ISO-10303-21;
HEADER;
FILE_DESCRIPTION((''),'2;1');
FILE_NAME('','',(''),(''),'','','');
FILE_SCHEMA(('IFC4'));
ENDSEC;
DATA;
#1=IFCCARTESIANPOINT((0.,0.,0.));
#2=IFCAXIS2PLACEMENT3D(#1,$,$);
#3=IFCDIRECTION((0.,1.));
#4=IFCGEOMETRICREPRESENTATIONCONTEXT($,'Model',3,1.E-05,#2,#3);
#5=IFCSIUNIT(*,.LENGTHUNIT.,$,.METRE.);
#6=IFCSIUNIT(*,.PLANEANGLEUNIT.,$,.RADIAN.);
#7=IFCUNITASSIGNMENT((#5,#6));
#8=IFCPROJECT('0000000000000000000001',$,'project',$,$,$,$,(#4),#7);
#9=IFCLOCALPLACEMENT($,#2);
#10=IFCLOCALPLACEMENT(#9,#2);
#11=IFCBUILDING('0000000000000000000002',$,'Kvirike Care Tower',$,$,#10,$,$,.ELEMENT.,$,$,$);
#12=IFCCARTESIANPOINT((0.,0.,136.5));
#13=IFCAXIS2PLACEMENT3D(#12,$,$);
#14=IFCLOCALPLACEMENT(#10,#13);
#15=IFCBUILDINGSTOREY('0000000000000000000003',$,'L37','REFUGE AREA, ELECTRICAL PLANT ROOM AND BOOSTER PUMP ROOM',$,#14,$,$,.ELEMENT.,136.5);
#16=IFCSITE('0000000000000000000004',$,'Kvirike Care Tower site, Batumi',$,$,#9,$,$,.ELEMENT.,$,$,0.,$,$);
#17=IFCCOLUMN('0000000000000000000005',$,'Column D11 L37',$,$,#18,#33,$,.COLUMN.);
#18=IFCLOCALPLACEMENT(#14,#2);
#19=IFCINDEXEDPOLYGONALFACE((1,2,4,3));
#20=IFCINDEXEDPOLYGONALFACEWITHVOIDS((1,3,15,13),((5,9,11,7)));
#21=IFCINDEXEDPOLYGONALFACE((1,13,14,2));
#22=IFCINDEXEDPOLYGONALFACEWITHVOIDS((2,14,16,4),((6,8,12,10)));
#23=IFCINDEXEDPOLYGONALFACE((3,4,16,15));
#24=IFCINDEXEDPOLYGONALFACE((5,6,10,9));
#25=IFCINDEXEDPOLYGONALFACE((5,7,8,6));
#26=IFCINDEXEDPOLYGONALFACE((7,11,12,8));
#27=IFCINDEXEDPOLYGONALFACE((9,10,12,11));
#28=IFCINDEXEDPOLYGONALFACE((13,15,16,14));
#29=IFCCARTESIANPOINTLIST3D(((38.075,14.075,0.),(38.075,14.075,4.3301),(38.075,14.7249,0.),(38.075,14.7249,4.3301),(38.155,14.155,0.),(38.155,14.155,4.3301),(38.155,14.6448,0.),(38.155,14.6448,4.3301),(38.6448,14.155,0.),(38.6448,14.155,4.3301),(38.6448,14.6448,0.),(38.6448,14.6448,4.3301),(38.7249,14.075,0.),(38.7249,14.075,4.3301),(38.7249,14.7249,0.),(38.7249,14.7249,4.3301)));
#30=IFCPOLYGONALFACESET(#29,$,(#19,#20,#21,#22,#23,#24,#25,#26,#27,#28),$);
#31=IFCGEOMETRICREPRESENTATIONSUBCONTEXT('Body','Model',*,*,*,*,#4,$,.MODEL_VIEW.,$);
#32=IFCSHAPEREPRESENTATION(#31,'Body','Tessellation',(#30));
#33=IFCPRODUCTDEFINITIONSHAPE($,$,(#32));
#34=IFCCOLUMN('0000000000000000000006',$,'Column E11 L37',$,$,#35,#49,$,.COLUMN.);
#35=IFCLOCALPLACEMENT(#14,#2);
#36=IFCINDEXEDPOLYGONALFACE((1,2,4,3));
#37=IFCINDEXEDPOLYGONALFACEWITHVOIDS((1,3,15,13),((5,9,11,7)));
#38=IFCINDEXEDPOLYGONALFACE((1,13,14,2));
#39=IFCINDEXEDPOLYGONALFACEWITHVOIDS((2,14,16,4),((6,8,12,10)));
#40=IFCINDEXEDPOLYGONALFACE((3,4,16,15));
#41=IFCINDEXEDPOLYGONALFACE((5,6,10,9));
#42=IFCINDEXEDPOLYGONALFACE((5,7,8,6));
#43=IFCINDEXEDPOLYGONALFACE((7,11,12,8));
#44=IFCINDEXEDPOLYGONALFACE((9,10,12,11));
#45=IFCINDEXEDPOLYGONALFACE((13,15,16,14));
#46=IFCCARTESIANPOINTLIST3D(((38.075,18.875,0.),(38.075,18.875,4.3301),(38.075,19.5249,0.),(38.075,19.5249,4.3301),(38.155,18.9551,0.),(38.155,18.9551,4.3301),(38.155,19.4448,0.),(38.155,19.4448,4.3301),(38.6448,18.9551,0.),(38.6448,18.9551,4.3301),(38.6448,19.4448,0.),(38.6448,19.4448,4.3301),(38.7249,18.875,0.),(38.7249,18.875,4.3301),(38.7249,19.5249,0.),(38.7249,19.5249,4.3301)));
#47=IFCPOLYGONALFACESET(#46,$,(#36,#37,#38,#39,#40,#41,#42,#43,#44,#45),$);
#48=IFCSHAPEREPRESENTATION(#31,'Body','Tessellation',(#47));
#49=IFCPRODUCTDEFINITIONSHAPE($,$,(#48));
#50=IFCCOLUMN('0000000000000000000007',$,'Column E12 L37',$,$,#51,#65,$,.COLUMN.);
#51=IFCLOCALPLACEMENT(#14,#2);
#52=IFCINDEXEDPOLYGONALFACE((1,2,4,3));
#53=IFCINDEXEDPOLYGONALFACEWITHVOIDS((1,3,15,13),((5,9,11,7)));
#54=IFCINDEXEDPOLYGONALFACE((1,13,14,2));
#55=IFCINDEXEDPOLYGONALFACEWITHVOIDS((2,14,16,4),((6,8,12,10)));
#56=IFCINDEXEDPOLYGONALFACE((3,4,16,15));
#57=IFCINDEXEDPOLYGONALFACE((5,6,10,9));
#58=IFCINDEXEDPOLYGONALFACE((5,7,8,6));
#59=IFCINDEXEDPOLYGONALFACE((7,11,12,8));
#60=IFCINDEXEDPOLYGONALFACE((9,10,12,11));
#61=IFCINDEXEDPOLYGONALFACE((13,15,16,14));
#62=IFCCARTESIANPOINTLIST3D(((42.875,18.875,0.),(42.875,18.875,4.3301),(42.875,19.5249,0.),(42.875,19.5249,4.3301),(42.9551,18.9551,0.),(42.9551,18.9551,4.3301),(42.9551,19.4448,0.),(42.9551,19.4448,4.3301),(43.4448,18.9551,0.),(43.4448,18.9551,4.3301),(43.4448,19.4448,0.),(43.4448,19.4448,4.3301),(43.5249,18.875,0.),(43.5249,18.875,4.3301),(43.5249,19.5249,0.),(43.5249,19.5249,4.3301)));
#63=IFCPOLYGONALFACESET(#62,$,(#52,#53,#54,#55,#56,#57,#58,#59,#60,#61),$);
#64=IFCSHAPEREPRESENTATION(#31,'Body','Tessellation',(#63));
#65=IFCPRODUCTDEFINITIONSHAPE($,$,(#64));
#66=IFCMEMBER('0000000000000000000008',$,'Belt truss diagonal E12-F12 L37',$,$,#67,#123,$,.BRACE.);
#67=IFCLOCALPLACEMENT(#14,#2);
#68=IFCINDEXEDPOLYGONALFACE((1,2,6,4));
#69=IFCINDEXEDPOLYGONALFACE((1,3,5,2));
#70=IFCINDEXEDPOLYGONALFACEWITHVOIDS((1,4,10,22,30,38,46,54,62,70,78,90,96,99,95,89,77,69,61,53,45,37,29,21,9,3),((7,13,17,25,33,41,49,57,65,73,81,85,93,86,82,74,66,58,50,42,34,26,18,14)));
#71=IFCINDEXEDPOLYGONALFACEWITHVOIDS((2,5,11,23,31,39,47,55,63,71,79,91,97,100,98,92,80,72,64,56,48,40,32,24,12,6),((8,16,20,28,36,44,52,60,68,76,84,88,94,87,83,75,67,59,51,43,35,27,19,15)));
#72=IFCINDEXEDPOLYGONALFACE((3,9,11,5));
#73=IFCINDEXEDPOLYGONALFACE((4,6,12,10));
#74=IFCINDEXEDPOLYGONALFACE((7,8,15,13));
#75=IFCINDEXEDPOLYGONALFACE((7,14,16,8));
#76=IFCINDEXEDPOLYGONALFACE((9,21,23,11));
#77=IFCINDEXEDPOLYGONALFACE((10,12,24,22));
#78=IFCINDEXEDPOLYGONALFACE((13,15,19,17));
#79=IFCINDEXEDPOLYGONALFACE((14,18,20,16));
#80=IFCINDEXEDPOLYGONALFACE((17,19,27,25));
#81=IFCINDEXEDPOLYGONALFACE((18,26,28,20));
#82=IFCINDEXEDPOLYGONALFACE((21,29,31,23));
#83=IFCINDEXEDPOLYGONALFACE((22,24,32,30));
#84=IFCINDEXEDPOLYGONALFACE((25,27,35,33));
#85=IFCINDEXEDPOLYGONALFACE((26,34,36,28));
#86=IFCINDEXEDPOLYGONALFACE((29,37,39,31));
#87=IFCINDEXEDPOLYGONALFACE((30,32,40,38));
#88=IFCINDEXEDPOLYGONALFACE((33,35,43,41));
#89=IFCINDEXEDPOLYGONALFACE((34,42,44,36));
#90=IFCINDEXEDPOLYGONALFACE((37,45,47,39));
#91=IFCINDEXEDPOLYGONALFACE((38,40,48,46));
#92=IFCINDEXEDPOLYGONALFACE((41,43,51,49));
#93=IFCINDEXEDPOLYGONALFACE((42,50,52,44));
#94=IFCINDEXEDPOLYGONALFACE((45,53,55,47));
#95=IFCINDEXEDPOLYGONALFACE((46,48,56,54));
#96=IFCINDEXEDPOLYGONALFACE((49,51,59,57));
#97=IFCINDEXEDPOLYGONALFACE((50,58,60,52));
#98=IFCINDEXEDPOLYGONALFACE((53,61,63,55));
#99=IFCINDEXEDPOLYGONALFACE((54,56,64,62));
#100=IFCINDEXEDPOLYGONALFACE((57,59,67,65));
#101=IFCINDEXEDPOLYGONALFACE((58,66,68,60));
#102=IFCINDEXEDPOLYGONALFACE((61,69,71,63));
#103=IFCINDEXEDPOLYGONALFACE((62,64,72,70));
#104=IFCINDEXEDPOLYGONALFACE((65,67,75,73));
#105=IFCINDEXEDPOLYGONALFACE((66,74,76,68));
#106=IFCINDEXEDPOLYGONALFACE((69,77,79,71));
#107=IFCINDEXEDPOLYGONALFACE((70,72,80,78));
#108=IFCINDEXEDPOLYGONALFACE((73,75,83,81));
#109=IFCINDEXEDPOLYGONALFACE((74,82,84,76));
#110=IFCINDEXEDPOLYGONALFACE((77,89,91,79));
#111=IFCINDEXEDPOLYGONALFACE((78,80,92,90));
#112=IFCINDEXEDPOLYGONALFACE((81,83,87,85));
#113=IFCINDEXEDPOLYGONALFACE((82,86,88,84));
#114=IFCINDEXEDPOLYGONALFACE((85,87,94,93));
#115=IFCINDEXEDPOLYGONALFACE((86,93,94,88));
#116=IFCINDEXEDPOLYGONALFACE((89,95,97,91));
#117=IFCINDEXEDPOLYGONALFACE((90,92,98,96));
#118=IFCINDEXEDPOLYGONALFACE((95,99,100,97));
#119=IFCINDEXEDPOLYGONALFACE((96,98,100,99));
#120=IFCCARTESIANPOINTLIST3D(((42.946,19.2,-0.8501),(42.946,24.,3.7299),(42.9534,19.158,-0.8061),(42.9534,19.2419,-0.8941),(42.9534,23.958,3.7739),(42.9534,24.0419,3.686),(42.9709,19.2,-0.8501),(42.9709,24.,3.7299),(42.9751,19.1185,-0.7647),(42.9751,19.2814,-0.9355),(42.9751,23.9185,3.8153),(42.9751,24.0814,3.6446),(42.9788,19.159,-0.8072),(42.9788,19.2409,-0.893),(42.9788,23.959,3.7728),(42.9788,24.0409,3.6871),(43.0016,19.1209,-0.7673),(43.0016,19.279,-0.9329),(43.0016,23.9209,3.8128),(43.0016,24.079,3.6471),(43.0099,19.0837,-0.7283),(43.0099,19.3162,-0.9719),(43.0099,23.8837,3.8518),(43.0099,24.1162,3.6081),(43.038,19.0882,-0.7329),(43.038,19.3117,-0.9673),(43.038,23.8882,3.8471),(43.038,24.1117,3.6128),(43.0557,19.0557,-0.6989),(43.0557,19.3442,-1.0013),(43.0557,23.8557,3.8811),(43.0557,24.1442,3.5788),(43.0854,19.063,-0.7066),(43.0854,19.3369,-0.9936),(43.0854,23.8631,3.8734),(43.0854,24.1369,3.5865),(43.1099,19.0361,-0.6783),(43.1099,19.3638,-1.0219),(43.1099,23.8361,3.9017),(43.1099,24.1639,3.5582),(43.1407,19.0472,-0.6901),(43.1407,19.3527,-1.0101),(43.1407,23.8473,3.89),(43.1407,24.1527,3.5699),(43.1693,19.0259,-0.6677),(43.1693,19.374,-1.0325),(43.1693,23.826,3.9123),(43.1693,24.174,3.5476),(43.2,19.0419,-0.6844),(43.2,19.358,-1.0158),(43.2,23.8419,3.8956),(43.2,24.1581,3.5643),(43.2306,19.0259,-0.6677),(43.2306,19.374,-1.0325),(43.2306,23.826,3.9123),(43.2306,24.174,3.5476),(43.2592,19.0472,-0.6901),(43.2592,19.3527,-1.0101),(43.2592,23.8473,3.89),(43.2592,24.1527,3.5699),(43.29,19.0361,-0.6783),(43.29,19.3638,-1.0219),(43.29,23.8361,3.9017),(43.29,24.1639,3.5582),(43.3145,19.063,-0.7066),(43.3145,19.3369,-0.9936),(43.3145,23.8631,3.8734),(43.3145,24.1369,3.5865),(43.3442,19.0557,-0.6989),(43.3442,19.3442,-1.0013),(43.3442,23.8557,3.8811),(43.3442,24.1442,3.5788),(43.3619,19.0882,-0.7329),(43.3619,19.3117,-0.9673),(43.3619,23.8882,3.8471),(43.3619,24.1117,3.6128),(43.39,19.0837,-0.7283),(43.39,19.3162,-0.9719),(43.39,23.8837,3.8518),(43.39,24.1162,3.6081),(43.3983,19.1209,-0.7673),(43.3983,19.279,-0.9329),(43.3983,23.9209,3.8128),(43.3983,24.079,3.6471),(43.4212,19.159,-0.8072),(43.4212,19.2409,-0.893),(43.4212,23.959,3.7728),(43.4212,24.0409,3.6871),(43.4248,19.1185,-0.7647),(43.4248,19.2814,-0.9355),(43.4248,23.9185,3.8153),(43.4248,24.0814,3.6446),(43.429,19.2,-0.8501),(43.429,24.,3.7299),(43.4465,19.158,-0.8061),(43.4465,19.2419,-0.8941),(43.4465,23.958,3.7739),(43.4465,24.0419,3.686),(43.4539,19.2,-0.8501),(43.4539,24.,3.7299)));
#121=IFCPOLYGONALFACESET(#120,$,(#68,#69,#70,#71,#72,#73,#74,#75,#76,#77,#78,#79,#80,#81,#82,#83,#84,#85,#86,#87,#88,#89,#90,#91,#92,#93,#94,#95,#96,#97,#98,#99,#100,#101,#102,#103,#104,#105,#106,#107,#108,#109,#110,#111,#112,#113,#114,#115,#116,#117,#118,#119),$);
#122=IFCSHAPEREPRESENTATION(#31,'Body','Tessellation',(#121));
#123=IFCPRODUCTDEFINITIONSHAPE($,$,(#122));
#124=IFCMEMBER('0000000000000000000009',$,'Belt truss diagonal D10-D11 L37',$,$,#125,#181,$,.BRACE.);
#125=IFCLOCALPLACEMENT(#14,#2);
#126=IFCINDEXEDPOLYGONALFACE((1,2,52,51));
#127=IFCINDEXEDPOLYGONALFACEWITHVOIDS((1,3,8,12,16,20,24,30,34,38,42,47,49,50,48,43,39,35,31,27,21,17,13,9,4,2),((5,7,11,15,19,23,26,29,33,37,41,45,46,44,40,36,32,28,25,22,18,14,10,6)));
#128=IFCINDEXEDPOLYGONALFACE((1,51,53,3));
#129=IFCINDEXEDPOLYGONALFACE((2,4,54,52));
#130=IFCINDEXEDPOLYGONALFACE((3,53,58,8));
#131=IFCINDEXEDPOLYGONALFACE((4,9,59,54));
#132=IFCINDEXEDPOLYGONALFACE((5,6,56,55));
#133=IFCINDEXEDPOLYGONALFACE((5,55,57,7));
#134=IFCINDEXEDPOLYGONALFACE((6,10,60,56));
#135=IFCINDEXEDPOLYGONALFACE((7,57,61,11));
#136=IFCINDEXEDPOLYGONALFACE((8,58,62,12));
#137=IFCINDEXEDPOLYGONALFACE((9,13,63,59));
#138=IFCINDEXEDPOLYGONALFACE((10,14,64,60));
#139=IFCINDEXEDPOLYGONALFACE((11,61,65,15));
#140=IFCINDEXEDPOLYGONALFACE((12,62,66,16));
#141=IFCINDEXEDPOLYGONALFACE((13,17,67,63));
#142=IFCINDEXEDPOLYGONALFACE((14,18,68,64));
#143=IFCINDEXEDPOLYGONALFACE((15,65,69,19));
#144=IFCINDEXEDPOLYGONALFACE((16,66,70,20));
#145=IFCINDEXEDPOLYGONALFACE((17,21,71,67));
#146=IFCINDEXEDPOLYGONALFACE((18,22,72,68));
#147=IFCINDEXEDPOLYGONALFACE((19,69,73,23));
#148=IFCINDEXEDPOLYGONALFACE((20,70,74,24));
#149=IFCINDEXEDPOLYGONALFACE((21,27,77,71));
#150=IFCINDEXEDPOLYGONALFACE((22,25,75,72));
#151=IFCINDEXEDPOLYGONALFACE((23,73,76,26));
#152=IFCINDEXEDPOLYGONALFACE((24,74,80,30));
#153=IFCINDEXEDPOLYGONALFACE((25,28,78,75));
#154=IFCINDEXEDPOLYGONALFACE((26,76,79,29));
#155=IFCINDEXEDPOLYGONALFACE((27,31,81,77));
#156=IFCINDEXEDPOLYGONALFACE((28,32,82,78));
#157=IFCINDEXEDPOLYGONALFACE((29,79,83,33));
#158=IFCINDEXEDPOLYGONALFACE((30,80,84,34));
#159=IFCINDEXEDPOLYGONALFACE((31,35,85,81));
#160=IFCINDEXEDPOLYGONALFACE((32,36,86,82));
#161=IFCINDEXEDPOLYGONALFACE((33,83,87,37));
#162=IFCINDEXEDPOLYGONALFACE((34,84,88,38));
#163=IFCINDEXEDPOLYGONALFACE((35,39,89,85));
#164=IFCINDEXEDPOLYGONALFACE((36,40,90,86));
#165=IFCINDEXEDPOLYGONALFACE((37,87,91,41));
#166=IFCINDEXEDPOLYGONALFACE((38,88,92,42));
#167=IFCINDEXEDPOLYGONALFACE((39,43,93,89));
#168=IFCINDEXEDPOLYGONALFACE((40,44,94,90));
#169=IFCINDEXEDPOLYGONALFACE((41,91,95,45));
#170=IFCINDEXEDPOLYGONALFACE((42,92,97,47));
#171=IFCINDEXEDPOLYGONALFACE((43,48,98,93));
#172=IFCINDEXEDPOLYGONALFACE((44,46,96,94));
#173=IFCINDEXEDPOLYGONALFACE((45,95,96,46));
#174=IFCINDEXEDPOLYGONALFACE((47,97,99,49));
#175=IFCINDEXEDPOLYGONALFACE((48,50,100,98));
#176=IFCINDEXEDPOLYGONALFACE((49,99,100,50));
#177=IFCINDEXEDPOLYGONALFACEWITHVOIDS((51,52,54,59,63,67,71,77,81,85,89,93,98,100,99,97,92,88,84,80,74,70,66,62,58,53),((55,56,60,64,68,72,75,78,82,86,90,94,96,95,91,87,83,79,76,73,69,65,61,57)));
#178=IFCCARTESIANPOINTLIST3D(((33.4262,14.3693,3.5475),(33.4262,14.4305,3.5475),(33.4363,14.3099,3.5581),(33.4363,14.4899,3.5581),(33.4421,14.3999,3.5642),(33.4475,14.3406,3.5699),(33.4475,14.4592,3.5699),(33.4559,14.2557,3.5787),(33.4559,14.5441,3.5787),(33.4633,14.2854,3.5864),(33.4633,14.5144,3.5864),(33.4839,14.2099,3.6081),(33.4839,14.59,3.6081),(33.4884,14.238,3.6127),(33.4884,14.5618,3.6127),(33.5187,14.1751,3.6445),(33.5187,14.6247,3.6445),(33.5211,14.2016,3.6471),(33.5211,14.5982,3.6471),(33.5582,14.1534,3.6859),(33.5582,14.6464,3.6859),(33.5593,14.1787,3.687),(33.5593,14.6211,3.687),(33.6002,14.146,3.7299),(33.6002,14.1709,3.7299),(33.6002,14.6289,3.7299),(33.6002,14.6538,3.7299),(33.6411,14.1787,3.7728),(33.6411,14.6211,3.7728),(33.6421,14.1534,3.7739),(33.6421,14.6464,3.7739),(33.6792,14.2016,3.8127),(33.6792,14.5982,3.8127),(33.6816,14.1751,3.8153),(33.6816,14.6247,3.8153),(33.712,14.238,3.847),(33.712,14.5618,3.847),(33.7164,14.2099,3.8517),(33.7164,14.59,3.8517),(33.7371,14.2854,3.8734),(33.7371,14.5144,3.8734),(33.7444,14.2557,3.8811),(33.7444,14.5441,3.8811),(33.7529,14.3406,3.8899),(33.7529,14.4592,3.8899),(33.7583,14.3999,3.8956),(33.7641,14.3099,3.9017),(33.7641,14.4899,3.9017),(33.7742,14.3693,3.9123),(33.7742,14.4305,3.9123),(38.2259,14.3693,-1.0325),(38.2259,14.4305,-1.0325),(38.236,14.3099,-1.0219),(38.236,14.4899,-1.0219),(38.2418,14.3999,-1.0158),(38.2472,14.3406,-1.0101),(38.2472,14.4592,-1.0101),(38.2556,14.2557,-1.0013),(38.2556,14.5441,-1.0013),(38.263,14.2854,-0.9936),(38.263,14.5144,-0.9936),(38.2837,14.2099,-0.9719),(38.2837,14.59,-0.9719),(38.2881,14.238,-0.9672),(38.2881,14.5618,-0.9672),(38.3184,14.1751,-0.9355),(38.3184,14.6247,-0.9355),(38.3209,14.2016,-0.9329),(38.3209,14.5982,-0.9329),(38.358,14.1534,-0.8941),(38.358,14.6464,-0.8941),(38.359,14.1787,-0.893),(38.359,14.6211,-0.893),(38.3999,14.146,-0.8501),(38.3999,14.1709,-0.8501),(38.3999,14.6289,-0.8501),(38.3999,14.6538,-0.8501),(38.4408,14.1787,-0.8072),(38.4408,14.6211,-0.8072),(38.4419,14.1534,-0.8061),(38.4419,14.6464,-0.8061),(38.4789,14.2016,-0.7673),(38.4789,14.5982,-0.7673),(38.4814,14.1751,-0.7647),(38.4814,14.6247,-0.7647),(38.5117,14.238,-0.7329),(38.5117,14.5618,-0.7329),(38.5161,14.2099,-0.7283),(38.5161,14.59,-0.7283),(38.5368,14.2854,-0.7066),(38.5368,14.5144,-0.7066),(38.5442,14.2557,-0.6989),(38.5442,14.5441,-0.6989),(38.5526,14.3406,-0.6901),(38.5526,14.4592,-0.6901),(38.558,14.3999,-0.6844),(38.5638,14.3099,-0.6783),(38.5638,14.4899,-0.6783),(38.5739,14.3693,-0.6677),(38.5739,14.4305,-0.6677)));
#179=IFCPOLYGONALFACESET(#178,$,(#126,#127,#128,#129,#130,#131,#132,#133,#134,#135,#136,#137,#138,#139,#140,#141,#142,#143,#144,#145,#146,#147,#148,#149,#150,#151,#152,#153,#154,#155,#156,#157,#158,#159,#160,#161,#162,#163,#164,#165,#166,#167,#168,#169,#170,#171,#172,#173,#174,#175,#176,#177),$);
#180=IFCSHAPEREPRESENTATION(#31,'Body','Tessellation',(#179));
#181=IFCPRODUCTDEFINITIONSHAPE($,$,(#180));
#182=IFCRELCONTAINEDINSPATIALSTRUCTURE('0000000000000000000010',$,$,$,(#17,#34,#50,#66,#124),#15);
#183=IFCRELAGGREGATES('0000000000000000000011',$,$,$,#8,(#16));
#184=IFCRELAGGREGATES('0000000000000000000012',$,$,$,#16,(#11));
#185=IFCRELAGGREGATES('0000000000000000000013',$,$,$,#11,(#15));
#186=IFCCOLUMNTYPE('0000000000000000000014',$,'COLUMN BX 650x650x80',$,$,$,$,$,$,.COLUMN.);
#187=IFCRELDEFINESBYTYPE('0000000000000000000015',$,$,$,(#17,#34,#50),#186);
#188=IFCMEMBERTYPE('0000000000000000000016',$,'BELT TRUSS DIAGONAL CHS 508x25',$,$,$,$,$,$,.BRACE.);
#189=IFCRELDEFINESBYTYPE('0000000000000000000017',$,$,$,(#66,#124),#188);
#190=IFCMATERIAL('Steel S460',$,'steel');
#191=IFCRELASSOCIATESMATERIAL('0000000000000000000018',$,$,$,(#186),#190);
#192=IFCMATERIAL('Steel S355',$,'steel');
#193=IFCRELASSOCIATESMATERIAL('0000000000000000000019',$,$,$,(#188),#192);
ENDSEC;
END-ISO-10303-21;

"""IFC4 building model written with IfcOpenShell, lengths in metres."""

from ifc_helpers import new_model, si_unit, direction, frame, origin, origin_2d, place, context, subcontext, project, spatial, hollow_rectangle, hollow_circle, extrude, material, material_profile, profile_set, type_object, element, save


model = new_model("IFC4")

# Units and contexts
model_context = context("Model", 3, precision=1e-05, world=origin(), true_north=direction((0.0, 1.0)))
body_context = subcontext(model_context, "Body", "Model", "MODEL_VIEW")
ifc_project = project(units=[si_unit("LENGTHUNIT", "METRE"), si_unit("PLANEANGLEUNIT", "RADIAN")], contexts=[model_context])

# Site, building, storey
site_placement = place(None, origin())
site = spatial("IfcSite", under=ifc_project, at=site_placement, Name="Kvirike Care Tower site, Batumi", CompositionType="ELEMENT", RefElevation=0.0)
building_placement = place(site_placement, origin())
building = spatial("IfcBuilding", under=site, at=building_placement, Name="Kvirike Care Tower", CompositionType="ELEMENT")
storey_placement = place(building_placement, frame((0.0, 0.0, 136.5)))
storey = spatial("IfcBuildingStorey", under=building, at=storey_placement, Name="L37", Description="REFUGE AREA, ELECTRICAL PLANT ROOM AND BOOSTER PUMP ROOM", CompositionType="ELEMENT", Elevation=136.5)

# Columns
ifc_material_1 = material(Name="Steel S460", Category="steel")
ifc_material_profile_1 = material_profile(ifc_material_1, hollow_rectangle(XDim=0.6499, YDim=0.6499, WallThickness=0.0801, at=origin_2d()), Name="BX 650x650x80")
ifc_profile_set_1 = profile_set([ifc_material_profile_1], Name="Steel S460")
column_type = type_object("IfcColumnType", Name="COLUMN BX 650x650x80", PredefinedType="COLUMN", material=ifc_profile_set_1)
for number, where, z_axis, x_axis, name in (
    (1, (38.3999, 14.3999, 0.0), (0.0, 0.0, 1.0), (0.0, 1.0, 0.0), "Column D11 L37"),
    (2, (38.3999, 19.2, 0.0), (0.0, 0.0, 1.0), (0.0, 1.0, 0.0), "Column E11 L37"),
    (3, (43.2, 19.2, 0.0), (0.0, 0.0, 1.0), (0.0, 1.0, 0.0), "Column E12 L37"),
):
    element("IfcColumn", number, at=place(storey_placement, frame(where, z_axis=z_axis, x_axis=x_axis)), inside=storey, type_object=column_type, Name=name, PredefinedType="COLUMN", context=body_context, shape_type="SweptSolid", body=[
        extrude(hollow_rectangle(XDim=0.6499, YDim=0.6499, WallThickness=0.0801, at=origin_2d()), origin(), (0.0, 0.0, 1.0), 4.3301),
    ])

# Members
ifc_material_2 = material(Name="Steel S355", Category="steel")
ifc_material_profile_2 = material_profile(ifc_material_2, hollow_circle(Radius=0.2539, WallThickness=0.0249, at=origin_2d()), Name="CHS 508x25")
ifc_profile_set_2 = profile_set([ifc_material_profile_2], Name="Steel S355")
member_type_1 = type_object("IfcMemberType", Name="BELT TRUSS DIAGONAL CHS 508x25", PredefinedType="BRACE", material=ifc_profile_set_2)
member_1_placement = place(storey_placement, frame((43.2, 19.2, -0.8501), z_axis=(0.0, 0.72349, 0.690335), x_axis=(-1.0, 0.0, 0.0)))
element("IfcMember", 4, at=member_1_placement, inside=storey, type_object=member_type_1, Name="Belt truss diagonal E12-F12 L37", PredefinedType="BRACE", context=body_context, shape_type="SweptSolid", body=[
    extrude(hollow_circle(Radius=0.2539, WallThickness=0.0249, at=origin_2d()), origin(), (0.0, 0.0, 1.0), 6.6345),
])
member_2_placement = place(storey_placement, frame((38.3999, 14.3999, -0.8501), z_axis=(-0.723472, 0.0, 0.690353), x_axis=(0.0, -1.0, 0.0)))
element("IfcMember", 5, at=member_2_placement, inside=storey, type_object=member_type_1, Name="Belt truss diagonal D10-D11 L37", PredefinedType="BRACE", context=body_context, shape_type="SweptSolid", body=[
    extrude(hollow_circle(Radius=0.2539, WallThickness=0.0249, at=origin_2d()), origin(), (0.0, 0.0, 1.0), 6.6343),
])

save(model, "model.ifc")
